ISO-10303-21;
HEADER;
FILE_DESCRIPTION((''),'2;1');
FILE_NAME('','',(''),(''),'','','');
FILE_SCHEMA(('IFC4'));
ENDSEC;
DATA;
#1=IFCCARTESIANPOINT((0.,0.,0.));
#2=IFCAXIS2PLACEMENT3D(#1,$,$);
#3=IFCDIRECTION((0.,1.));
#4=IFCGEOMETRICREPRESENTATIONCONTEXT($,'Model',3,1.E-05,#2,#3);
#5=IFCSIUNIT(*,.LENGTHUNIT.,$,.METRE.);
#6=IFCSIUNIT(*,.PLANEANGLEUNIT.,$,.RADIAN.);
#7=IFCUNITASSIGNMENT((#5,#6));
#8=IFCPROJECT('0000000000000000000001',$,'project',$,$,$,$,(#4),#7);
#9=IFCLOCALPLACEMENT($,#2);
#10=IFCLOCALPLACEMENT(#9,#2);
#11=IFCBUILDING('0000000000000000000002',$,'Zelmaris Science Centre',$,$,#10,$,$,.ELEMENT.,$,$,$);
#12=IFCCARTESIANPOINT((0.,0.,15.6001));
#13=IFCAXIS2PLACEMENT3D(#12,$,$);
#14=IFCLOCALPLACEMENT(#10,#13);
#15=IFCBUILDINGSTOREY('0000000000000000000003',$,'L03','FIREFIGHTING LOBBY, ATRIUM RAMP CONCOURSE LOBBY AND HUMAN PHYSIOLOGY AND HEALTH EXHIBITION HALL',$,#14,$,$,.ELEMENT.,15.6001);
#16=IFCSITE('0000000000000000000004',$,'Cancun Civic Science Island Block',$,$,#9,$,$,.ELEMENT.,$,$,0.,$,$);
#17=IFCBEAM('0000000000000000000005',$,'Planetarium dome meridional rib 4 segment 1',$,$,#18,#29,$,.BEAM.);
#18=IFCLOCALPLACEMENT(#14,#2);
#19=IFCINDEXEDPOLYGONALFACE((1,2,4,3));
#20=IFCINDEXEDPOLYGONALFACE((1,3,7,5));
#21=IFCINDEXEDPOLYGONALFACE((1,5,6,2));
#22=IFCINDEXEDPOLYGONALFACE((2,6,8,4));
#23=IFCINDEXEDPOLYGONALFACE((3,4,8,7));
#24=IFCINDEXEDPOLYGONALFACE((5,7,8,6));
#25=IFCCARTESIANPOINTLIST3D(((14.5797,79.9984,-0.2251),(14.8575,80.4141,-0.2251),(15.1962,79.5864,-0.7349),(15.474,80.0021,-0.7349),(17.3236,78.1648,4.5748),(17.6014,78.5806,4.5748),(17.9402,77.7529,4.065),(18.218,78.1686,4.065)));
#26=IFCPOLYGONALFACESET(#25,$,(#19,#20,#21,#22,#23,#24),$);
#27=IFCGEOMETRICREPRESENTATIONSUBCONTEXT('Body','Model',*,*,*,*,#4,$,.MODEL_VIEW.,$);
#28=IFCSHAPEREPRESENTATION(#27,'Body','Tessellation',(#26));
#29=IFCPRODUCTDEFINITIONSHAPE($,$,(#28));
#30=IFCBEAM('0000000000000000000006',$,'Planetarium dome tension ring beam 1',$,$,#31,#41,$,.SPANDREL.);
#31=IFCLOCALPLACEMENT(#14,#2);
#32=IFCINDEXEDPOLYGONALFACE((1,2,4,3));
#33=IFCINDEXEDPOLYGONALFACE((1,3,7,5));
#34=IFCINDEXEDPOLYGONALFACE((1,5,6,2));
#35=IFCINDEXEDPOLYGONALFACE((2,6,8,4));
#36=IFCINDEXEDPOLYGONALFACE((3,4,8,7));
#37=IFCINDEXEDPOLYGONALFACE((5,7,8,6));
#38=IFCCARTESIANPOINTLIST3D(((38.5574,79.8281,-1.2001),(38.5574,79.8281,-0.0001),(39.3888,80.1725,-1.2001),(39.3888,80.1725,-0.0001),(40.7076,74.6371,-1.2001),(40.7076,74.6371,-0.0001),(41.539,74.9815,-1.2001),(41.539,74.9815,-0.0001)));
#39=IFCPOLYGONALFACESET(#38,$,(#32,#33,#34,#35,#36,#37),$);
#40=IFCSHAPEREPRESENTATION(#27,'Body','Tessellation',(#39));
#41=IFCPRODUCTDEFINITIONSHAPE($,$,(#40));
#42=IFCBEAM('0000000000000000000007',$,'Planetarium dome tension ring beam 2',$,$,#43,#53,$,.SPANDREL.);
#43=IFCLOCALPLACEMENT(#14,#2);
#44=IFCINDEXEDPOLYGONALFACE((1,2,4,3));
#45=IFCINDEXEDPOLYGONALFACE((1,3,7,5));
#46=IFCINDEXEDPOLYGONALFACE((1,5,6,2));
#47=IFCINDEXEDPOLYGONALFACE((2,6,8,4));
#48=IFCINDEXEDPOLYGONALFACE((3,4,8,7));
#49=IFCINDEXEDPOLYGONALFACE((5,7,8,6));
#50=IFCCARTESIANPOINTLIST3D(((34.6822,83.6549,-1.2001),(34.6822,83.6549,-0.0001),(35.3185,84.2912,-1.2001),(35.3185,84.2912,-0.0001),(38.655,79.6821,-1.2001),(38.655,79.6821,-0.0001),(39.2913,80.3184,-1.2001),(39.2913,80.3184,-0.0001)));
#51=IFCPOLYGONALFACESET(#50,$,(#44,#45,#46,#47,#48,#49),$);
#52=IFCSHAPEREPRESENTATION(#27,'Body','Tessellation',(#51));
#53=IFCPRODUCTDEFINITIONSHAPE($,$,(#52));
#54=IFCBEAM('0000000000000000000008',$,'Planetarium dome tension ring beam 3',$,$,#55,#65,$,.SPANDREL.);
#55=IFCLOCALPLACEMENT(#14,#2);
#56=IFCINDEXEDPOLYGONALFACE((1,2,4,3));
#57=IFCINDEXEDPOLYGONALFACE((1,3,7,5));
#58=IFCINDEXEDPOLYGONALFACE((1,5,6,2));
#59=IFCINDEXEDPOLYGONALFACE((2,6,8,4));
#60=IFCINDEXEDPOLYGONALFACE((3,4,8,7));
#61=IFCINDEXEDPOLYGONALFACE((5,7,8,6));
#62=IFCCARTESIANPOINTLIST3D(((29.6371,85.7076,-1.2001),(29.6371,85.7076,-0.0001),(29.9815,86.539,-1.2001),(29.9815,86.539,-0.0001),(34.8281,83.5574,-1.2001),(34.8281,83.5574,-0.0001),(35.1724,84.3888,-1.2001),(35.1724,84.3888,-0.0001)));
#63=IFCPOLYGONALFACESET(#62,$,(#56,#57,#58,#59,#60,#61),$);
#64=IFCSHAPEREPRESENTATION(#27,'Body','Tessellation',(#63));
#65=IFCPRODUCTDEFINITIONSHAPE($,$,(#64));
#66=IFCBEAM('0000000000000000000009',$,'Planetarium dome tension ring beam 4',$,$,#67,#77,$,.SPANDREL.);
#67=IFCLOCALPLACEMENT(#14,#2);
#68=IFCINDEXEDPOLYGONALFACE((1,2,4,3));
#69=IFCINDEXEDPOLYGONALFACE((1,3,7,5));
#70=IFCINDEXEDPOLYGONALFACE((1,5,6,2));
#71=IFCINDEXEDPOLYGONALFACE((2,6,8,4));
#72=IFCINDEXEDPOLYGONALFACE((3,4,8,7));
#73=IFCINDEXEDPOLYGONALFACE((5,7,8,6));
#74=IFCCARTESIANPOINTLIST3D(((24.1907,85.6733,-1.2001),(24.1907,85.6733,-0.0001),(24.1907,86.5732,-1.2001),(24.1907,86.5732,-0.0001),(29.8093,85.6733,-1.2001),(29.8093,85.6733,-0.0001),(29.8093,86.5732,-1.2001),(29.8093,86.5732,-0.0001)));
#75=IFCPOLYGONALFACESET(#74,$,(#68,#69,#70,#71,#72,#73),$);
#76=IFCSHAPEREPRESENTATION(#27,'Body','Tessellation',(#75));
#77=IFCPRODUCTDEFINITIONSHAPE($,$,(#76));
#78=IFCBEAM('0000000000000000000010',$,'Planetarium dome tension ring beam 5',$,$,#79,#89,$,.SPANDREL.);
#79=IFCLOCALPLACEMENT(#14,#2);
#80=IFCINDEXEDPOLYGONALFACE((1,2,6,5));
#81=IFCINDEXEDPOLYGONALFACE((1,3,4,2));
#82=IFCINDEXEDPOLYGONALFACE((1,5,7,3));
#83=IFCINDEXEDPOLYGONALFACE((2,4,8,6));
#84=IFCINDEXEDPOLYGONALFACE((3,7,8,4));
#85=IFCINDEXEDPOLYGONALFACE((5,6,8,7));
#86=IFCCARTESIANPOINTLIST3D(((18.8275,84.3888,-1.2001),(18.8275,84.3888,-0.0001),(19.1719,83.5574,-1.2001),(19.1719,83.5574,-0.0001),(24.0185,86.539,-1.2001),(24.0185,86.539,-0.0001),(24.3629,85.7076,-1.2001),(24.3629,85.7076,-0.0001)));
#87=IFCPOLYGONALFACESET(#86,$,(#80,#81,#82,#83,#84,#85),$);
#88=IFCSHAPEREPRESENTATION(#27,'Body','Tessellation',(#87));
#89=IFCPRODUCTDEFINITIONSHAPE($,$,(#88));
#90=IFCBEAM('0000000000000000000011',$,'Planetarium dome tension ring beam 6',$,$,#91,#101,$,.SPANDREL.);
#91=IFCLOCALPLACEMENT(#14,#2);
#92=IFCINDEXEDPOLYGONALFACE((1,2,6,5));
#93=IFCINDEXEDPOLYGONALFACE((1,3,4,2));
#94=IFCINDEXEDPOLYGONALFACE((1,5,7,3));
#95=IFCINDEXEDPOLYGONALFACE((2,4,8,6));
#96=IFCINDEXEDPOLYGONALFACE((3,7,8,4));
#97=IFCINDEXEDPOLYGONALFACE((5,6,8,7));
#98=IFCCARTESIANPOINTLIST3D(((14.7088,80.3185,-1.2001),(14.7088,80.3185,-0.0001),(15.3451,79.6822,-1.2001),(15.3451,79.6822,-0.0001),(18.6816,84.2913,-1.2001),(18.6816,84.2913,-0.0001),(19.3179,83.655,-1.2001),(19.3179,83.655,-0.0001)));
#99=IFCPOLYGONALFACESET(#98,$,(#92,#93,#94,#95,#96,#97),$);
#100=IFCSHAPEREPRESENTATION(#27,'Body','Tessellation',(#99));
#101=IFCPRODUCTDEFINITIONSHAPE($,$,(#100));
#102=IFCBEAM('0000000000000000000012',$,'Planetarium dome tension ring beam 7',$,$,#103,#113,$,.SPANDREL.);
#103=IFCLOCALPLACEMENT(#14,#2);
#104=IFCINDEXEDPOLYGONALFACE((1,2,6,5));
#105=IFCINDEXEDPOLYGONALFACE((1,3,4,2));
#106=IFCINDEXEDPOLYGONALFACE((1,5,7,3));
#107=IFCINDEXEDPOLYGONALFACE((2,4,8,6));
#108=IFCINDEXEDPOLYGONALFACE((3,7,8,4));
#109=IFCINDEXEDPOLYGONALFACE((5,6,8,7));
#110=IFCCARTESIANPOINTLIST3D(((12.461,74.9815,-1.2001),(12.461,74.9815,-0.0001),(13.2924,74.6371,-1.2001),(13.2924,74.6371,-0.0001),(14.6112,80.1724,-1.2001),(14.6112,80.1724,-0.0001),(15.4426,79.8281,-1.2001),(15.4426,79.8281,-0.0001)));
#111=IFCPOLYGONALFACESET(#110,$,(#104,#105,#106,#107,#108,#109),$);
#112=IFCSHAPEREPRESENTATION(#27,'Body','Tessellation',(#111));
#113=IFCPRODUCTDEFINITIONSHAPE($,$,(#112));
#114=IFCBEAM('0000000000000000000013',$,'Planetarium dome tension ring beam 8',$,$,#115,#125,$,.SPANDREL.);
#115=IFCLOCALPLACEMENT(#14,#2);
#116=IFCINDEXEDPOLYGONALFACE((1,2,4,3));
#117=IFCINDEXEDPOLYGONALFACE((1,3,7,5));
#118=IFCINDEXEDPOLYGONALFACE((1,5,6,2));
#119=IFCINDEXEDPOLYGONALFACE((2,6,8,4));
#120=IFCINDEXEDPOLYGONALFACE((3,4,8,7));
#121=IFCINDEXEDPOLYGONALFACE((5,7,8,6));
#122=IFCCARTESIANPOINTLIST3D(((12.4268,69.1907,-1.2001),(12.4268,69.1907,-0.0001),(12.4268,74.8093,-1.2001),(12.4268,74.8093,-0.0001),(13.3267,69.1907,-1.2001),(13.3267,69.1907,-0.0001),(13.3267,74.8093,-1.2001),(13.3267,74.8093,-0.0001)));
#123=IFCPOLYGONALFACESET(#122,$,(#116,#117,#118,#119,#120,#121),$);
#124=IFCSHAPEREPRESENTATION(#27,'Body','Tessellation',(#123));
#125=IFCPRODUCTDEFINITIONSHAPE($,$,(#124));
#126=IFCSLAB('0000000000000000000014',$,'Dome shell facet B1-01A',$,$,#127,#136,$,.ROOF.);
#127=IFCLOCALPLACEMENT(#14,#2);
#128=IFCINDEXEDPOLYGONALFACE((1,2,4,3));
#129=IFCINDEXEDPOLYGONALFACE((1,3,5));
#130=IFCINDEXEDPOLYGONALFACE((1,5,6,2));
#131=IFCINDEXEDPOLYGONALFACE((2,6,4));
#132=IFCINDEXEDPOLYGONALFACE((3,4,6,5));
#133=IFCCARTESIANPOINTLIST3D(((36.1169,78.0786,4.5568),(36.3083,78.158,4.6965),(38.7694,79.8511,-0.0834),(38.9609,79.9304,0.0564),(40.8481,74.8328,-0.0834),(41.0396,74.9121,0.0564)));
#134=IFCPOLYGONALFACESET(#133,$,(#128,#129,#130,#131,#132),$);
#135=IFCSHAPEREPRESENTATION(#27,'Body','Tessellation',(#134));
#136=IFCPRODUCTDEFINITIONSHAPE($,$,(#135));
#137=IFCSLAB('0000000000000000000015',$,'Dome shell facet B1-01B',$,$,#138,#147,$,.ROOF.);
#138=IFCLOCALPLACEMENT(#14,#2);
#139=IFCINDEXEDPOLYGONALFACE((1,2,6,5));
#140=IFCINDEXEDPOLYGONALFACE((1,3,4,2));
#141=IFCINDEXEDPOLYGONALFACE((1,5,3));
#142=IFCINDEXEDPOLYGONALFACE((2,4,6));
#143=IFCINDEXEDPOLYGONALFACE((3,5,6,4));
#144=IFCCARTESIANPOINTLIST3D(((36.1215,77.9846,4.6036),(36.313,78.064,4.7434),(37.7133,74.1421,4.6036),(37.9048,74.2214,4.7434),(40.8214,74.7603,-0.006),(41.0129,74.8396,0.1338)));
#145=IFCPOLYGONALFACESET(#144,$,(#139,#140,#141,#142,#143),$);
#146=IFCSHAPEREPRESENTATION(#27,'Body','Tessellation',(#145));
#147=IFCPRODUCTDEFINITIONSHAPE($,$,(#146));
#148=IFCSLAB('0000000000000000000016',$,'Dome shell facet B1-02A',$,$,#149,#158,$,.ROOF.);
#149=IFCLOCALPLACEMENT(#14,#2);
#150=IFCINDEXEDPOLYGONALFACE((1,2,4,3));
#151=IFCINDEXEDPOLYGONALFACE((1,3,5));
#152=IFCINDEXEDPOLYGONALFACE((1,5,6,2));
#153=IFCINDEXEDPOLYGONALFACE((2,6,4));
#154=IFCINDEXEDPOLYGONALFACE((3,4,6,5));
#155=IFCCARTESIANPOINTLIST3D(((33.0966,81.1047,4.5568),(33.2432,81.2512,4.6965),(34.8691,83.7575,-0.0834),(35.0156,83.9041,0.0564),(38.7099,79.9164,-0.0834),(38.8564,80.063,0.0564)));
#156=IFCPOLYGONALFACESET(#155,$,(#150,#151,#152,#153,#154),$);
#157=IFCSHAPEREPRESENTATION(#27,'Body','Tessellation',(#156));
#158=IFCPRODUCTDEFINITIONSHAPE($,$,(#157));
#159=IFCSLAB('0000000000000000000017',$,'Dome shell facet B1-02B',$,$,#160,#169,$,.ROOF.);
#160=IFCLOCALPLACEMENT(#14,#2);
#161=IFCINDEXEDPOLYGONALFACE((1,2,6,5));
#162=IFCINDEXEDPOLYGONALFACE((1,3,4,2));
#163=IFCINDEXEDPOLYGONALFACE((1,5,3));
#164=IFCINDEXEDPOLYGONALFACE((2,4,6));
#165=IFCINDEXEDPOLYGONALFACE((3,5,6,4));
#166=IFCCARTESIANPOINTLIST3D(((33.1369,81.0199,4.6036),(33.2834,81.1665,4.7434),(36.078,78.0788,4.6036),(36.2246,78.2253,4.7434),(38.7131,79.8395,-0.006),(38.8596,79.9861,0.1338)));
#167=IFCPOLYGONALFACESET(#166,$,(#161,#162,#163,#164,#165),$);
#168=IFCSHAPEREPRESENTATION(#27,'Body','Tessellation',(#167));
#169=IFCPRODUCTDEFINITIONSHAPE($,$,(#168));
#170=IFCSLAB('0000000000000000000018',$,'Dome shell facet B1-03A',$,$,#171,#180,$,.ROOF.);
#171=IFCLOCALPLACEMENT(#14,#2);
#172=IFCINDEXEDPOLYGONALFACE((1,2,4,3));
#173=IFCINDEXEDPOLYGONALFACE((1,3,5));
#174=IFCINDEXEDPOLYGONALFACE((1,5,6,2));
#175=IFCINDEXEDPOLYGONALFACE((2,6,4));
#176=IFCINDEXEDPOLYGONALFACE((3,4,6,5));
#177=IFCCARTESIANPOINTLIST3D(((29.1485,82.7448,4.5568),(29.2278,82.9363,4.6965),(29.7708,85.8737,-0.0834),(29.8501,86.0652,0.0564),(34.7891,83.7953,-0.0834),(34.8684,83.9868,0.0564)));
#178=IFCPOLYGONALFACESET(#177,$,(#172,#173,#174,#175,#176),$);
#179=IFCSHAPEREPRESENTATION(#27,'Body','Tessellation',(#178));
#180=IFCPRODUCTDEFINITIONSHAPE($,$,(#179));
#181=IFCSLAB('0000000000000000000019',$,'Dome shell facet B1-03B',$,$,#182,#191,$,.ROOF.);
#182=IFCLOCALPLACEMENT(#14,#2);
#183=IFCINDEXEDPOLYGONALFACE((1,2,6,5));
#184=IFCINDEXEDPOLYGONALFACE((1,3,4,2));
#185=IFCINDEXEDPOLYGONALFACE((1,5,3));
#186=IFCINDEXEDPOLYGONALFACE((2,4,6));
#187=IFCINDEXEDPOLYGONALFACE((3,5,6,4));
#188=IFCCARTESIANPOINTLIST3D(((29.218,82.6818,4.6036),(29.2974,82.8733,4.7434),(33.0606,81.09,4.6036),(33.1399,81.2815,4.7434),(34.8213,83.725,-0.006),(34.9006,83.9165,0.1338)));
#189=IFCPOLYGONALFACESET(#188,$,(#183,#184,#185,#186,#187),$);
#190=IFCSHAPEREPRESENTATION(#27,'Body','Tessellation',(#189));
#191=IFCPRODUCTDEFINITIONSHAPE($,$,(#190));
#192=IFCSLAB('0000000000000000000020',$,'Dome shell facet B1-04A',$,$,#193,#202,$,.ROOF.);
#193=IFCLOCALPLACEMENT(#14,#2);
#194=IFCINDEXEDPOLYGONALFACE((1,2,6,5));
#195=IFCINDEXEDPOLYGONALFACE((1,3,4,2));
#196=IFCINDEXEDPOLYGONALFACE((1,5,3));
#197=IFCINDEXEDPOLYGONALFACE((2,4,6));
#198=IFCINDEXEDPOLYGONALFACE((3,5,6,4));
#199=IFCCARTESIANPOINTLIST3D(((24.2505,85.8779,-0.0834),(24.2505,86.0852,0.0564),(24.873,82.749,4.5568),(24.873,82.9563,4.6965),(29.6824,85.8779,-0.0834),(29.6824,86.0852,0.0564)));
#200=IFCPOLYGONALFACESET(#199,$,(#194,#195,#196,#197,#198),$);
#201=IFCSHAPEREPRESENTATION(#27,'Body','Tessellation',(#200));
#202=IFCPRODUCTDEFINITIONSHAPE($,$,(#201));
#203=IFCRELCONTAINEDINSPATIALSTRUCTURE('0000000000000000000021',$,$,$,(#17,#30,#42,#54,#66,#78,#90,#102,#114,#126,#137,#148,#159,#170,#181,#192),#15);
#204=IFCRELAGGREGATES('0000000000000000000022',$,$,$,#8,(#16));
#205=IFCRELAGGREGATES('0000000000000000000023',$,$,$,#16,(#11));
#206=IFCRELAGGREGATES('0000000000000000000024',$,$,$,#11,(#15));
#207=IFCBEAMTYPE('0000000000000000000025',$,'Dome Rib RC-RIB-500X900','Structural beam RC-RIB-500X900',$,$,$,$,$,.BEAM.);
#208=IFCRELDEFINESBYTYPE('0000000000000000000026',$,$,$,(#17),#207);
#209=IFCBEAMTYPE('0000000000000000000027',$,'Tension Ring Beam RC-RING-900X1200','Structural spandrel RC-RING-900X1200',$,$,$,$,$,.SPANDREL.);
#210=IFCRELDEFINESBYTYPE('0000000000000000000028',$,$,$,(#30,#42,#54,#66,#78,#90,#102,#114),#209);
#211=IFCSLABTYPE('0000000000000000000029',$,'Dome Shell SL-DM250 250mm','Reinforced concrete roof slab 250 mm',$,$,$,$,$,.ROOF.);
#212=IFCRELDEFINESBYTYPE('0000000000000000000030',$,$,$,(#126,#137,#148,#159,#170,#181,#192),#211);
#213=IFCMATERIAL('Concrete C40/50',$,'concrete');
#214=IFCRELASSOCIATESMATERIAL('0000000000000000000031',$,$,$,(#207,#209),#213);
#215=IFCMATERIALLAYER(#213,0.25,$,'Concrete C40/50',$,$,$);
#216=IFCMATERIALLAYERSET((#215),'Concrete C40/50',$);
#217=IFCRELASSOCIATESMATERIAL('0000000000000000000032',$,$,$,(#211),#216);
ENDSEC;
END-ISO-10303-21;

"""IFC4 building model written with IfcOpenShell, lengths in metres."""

from ifc_helpers import new_model, si_unit, direction, frame, origin, origin_2d, place, context, subcontext, project, spatial, polyline, rectangle, outline, extrude, material, layer, layer_set, material_profile, profile_set, type_object, element, save


model = new_model("IFC4")

# Units and contexts
model_context = context("Model", 3, precision=1e-05, world=origin(), true_north=direction((0.0, 1.0)))
body_context = subcontext(model_context, "Body", "Model", "MODEL_VIEW")
ifc_project = project(units=[si_unit("LENGTHUNIT", "METRE"), si_unit("PLANEANGLEUNIT", "RADIAN")], contexts=[model_context])

# Site, building, storey
site_placement = place(None, origin())
site = spatial("IfcSite", under=ifc_project, at=site_placement, Name="Cancun Civic Science Island Block", CompositionType="ELEMENT", RefElevation=0.0)
building_placement = place(site_placement, origin())
building = spatial("IfcBuilding", under=site, at=building_placement, Name="Zelmaris Science Centre", CompositionType="ELEMENT")
storey_placement = place(building_placement, frame((0.0, 0.0, 15.6001)))
storey = spatial("IfcBuildingStorey", under=building, at=storey_placement, Name="L03", Description="FIREFIGHTING LOBBY, ATRIUM RAMP CONCOURSE LOBBY AND HUMAN PHYSIOLOGY AND HEALTH EXHIBITION HALL", CompositionType="ELEMENT", Elevation=15.6001)

# Beams
ifc_material_1 = material(Name="Concrete C40/50", Category="concrete")
ifc_material_profile_1 = material_profile(ifc_material_1, rectangle(XDim=0.5, YDim=0.8999, at=origin_2d()), Name="RC-RIB-500X900")
ifc_profile_set_1 = profile_set([ifc_material_profile_1], Name="Concrete C40/50")
beam_type_1 = type_object("IfcBeamType", Name="Dome Rib RC-RIB-500X900", Description="Structural beam RC-RIB-500X900", PredefinedType="BEAM", material=ifc_profile_set_1)
beam_1_placement = place(storey_placement, frame((15.0269, 80.0002, -0.48), z_axis=(0.471068, -0.314772, 0.824023), x_axis=(0.555588, 0.831458, 0.0)))
element("IfcBeam", 1, at=beam_1_placement, inside=storey, type_object=beam_type_1, Name="Planetarium dome meridional rib 4 segment 1", PredefinedType="BEAM", context=body_context, shape_type="SweptSolid", body=[
    extrude(rectangle(XDim=0.5, YDim=0.8999, at=origin_2d()), origin(), (0.0, 0.0, 1.0), 5.825),
])
ifc_material_profile_2 = material_profile(ifc_material_1, rectangle(XDim=0.8999, YDim=1.2, at=origin_2d()), Name="RC-RING-900X1200")
ifc_profile_set_2 = profile_set([ifc_material_profile_2], Name="Concrete C40/50")
beam_type_2 = type_object("IfcBeamType", Name="Tension Ring Beam RC-RING-900X1200", Description="Structural spandrel RC-RING-900X1200", PredefinedType="SPANDREL", material=ifc_profile_set_2)
beam_2_placement = place(storey_placement, frame((41.1233, 74.8093, -0.6001), z_axis=(-0.382683, 0.92388, 0.0), x_axis=(-0.92388, -0.382683, 0.0)))
element("IfcBeam", 2, at=beam_2_placement, inside=storey, type_object=beam_type_2, Name="Planetarium dome tension ring beam 1", PredefinedType="SPANDREL", context=body_context, shape_type="SweptSolid", body=[
    extrude(rectangle(XDim=0.8999, YDim=1.2, at=origin_2d()), origin(), (0.0, 0.0, 1.0), 5.6187),
])
beam_3_placement = place(storey_placement, frame((38.9731, 80.0002, -0.6001), z_axis=(-0.707107, 0.707107, 0.0), x_axis=(-0.707107, -0.707107, 0.0)))
element("IfcBeam", 3, at=beam_3_placement, inside=storey, type_object=beam_type_2, Name="Planetarium dome tension ring beam 2", PredefinedType="SPANDREL", context=body_context, shape_type="SweptSolid", body=[
    extrude(rectangle(XDim=0.8999, YDim=1.2, at=origin_2d()), origin(), (0.0, 0.0, 1.0), 5.6184),
])
for number, where, z_axis, x_axis, name in (
    (4, (35.0002, 83.9731, -0.6001), (-0.92388, 0.382683, 0.0), (-0.382683, -0.92388, 0.0), "Planetarium dome tension ring beam 3"),
    (5, (29.8093, 86.1233, -0.6001), (-1.0, 0.0, 0.0), (0.0, -1.0, 0.0), "Planetarium dome tension ring beam 4"),
    (6, (24.1907, 86.1233, -0.6001), (-0.92388, -0.382683, 0.0), (0.382683, -0.92388, 0.0), "Planetarium dome tension ring beam 5"),
):
    element("IfcBeam", number, at=place(storey_placement, frame(where, z_axis=z_axis, x_axis=x_axis)), inside=storey, type_object=beam_type_2, Name=name, PredefinedType="SPANDREL", context=body_context, shape_type="SweptSolid", body=[
        extrude(rectangle(XDim=0.8999, YDim=1.2, at=origin_2d()), origin(), (0.0, 0.0, 1.0), 5.6187),
    ])
beam_4_placement = place(storey_placement, frame((18.9998, 83.9731, -0.6001), z_axis=(-0.707107, -0.707107, 0.0), x_axis=(0.707107, -0.707107, 0.0)))
element("IfcBeam", 7, at=beam_4_placement, inside=storey, type_object=beam_type_2, Name="Planetarium dome tension ring beam 6", PredefinedType="SPANDREL", context=body_context, shape_type="SweptSolid", body=[
    extrude(rectangle(XDim=0.8999, YDim=1.2, at=origin_2d()), origin(), (0.0, 0.0, 1.0), 5.6184),
])
for number, where, z_axis, x_axis, name in (
    (8, (15.0269, 80.0002, -0.6001), (-0.382683, -0.92388, 0.0), (0.92388, -0.382683, 0.0), "Planetarium dome tension ring beam 7"),
    (9, (12.8767, 74.8093, -0.6001), (0.0, -1.0, 0.0), (1.0, 0.0, 0.0), "Planetarium dome tension ring beam 8"),
):
    element("IfcBeam", number, at=place(storey_placement, frame(where, z_axis=z_axis, x_axis=x_axis)), inside=storey, type_object=beam_type_2, Name=name, PredefinedType="SPANDREL", context=body_context, shape_type="SweptSolid", body=[
        extrude(rectangle(XDim=0.8999, YDim=1.2, at=origin_2d()), origin(), (0.0, 0.0, 1.0), 5.6187),
    ])

# Slabs
ifc_layer_1 = layer(ifc_material_1, 0.25, Name="Concrete C40/50")
ifc_layer_set_1 = layer_set([ifc_layer_1], Name="Concrete C40/50")
slab_type = type_object("IfcSlabType", Name="Dome Shell SL-DM250 250mm", Description="Reinforced concrete roof slab 250 mm", PredefinedType="ROOF", material=ifc_layer_set_1)
slab_1_placement = place(storey_placement, frame((41.0396, 74.9121, 0.0564), z_axis=(0.765998, 0.317281, 0.559088), x_axis=(-0.382677, 0.923882, 0.0)))
element("IfcSlab", 10, at=slab_1_placement, inside=storey, type_object=slab_type, Name="Dome shell facet B1-01A", PredefinedType="ROOF", context=body_context, shape_type="SweptSolid", body=[
    extrude(outline(polyline([(0.0, 0.0), (5.4318, 0.0), (4.8093, 5.5965), (0.0, 0.0)])), origin(), (0.0, 0.0, -1.0), 0.25),
])
slab_2_placement = place(storey_placement, frame((41.0129, 74.8396, 0.1338), z_axis=(0.766006, 0.317324, 0.559053), x_axis=(-0.64116, 0.439863, 0.628837)))
element("IfcSlab", 11, at=slab_2_placement, inside=storey, type_object=slab_type, Name="Dome shell facet B1-01B", PredefinedType="ROOF", context=body_context, shape_type="SweptSolid", body=[
    extrude(outline(polyline([(0.0, 0.0), (7.3304, 0.0), (4.6196, 3.1544), (0.0, 0.0)])), origin(), (0.0, 0.0, -1.0), 0.25),
])
slab_3_placement = place(storey_placement, frame((38.8564, 80.063, 0.0564), z_axis=(0.586276, 0.586239, 0.55911), x_axis=(-0.707084, 0.707129, 0.0)))
element("IfcSlab", 12, at=slab_3_placement, inside=storey, type_object=slab_type, Name="Dome shell facet B1-02A", PredefinedType="ROOF", context=body_context, shape_type="SweptSolid", body=[
    extrude(outline(polyline([(0.0, 0.0), (5.4319, 0.0), (4.8093, 5.5966), (0.0, 0.0)])), origin(), (0.0, 0.0, -1.0), 0.25),
])
slab_4_placement = place(storey_placement, frame((38.8596, 79.9861, 0.1338), z_axis=(0.586275, 0.586275, 0.559074), x_axis=(-0.760685, 0.161029, 0.628831)))
element("IfcSlab", 13, at=slab_4_placement, inside=storey, type_object=slab_type, Name="Dome shell facet B1-02B", PredefinedType="ROOF", context=body_context, shape_type="SweptSolid", body=[
    extrude(outline(polyline([(0.0, 0.0), (7.3305, 0.0), (4.6196, 3.1547), (0.0, 0.0)])), origin(), (0.0, 0.0, -1.0), 0.25),
])
slab_5_placement = place(storey_placement, frame((34.8684, 83.9868, 0.0564), z_axis=(0.317251, 0.766015, 0.559082), x_axis=(-0.923898, 0.382639, 0.0)))
element("IfcSlab", 14, at=slab_5_placement, inside=storey, type_object=slab_type, Name="Dome shell facet B1-03A", PredefinedType="ROOF", context=body_context, shape_type="SweptSolid", body=[
    extrude(outline(polyline([(0.0, 0.0), (5.4317, 0.0), (4.8094, 5.5965), (0.0, 0.0)])), origin(), (0.0, 0.0, -1.0), 0.25),
])
slab_6_placement = place(storey_placement, frame((34.9006, 83.9165, 0.1338), z_axis=(0.317319, 0.765993, 0.559074), x_axis=(-0.764397, -0.142315, 0.628843)))
element("IfcSlab", 15, at=slab_6_placement, inside=storey, type_object=slab_type, Name="Dome shell facet B1-03B", PredefinedType="ROOF", context=body_context, shape_type="SweptSolid", body=[
    extrude(outline(polyline([(0.0, 0.0), (7.3303, 0.0), (4.6196, 3.1545), (0.0, 0.0)])), origin(), (0.0, 0.0, -1.0), 0.25),
])
slab_7_placement = place(storey_placement, frame((29.6824, 86.0852, 0.0564), z_axis=(0.0, 0.829113, 0.559082), x_axis=(-1.0, 0.0, 0.0)))
element("IfcSlab", 16, at=slab_7_placement, inside=storey, type_object=slab_type, Name="Dome shell facet B1-04A", PredefinedType="ROOF", context=body_context, shape_type="SweptSolid", body=[
    extrude(outline(polyline([(0.0, 0.0), (5.4319, 0.0), (4.8093, 5.5965), (0.0, 0.0)])), origin(), (0.0, 0.0, -1.0), 0.25),
])

save(model, "model.ifc")
